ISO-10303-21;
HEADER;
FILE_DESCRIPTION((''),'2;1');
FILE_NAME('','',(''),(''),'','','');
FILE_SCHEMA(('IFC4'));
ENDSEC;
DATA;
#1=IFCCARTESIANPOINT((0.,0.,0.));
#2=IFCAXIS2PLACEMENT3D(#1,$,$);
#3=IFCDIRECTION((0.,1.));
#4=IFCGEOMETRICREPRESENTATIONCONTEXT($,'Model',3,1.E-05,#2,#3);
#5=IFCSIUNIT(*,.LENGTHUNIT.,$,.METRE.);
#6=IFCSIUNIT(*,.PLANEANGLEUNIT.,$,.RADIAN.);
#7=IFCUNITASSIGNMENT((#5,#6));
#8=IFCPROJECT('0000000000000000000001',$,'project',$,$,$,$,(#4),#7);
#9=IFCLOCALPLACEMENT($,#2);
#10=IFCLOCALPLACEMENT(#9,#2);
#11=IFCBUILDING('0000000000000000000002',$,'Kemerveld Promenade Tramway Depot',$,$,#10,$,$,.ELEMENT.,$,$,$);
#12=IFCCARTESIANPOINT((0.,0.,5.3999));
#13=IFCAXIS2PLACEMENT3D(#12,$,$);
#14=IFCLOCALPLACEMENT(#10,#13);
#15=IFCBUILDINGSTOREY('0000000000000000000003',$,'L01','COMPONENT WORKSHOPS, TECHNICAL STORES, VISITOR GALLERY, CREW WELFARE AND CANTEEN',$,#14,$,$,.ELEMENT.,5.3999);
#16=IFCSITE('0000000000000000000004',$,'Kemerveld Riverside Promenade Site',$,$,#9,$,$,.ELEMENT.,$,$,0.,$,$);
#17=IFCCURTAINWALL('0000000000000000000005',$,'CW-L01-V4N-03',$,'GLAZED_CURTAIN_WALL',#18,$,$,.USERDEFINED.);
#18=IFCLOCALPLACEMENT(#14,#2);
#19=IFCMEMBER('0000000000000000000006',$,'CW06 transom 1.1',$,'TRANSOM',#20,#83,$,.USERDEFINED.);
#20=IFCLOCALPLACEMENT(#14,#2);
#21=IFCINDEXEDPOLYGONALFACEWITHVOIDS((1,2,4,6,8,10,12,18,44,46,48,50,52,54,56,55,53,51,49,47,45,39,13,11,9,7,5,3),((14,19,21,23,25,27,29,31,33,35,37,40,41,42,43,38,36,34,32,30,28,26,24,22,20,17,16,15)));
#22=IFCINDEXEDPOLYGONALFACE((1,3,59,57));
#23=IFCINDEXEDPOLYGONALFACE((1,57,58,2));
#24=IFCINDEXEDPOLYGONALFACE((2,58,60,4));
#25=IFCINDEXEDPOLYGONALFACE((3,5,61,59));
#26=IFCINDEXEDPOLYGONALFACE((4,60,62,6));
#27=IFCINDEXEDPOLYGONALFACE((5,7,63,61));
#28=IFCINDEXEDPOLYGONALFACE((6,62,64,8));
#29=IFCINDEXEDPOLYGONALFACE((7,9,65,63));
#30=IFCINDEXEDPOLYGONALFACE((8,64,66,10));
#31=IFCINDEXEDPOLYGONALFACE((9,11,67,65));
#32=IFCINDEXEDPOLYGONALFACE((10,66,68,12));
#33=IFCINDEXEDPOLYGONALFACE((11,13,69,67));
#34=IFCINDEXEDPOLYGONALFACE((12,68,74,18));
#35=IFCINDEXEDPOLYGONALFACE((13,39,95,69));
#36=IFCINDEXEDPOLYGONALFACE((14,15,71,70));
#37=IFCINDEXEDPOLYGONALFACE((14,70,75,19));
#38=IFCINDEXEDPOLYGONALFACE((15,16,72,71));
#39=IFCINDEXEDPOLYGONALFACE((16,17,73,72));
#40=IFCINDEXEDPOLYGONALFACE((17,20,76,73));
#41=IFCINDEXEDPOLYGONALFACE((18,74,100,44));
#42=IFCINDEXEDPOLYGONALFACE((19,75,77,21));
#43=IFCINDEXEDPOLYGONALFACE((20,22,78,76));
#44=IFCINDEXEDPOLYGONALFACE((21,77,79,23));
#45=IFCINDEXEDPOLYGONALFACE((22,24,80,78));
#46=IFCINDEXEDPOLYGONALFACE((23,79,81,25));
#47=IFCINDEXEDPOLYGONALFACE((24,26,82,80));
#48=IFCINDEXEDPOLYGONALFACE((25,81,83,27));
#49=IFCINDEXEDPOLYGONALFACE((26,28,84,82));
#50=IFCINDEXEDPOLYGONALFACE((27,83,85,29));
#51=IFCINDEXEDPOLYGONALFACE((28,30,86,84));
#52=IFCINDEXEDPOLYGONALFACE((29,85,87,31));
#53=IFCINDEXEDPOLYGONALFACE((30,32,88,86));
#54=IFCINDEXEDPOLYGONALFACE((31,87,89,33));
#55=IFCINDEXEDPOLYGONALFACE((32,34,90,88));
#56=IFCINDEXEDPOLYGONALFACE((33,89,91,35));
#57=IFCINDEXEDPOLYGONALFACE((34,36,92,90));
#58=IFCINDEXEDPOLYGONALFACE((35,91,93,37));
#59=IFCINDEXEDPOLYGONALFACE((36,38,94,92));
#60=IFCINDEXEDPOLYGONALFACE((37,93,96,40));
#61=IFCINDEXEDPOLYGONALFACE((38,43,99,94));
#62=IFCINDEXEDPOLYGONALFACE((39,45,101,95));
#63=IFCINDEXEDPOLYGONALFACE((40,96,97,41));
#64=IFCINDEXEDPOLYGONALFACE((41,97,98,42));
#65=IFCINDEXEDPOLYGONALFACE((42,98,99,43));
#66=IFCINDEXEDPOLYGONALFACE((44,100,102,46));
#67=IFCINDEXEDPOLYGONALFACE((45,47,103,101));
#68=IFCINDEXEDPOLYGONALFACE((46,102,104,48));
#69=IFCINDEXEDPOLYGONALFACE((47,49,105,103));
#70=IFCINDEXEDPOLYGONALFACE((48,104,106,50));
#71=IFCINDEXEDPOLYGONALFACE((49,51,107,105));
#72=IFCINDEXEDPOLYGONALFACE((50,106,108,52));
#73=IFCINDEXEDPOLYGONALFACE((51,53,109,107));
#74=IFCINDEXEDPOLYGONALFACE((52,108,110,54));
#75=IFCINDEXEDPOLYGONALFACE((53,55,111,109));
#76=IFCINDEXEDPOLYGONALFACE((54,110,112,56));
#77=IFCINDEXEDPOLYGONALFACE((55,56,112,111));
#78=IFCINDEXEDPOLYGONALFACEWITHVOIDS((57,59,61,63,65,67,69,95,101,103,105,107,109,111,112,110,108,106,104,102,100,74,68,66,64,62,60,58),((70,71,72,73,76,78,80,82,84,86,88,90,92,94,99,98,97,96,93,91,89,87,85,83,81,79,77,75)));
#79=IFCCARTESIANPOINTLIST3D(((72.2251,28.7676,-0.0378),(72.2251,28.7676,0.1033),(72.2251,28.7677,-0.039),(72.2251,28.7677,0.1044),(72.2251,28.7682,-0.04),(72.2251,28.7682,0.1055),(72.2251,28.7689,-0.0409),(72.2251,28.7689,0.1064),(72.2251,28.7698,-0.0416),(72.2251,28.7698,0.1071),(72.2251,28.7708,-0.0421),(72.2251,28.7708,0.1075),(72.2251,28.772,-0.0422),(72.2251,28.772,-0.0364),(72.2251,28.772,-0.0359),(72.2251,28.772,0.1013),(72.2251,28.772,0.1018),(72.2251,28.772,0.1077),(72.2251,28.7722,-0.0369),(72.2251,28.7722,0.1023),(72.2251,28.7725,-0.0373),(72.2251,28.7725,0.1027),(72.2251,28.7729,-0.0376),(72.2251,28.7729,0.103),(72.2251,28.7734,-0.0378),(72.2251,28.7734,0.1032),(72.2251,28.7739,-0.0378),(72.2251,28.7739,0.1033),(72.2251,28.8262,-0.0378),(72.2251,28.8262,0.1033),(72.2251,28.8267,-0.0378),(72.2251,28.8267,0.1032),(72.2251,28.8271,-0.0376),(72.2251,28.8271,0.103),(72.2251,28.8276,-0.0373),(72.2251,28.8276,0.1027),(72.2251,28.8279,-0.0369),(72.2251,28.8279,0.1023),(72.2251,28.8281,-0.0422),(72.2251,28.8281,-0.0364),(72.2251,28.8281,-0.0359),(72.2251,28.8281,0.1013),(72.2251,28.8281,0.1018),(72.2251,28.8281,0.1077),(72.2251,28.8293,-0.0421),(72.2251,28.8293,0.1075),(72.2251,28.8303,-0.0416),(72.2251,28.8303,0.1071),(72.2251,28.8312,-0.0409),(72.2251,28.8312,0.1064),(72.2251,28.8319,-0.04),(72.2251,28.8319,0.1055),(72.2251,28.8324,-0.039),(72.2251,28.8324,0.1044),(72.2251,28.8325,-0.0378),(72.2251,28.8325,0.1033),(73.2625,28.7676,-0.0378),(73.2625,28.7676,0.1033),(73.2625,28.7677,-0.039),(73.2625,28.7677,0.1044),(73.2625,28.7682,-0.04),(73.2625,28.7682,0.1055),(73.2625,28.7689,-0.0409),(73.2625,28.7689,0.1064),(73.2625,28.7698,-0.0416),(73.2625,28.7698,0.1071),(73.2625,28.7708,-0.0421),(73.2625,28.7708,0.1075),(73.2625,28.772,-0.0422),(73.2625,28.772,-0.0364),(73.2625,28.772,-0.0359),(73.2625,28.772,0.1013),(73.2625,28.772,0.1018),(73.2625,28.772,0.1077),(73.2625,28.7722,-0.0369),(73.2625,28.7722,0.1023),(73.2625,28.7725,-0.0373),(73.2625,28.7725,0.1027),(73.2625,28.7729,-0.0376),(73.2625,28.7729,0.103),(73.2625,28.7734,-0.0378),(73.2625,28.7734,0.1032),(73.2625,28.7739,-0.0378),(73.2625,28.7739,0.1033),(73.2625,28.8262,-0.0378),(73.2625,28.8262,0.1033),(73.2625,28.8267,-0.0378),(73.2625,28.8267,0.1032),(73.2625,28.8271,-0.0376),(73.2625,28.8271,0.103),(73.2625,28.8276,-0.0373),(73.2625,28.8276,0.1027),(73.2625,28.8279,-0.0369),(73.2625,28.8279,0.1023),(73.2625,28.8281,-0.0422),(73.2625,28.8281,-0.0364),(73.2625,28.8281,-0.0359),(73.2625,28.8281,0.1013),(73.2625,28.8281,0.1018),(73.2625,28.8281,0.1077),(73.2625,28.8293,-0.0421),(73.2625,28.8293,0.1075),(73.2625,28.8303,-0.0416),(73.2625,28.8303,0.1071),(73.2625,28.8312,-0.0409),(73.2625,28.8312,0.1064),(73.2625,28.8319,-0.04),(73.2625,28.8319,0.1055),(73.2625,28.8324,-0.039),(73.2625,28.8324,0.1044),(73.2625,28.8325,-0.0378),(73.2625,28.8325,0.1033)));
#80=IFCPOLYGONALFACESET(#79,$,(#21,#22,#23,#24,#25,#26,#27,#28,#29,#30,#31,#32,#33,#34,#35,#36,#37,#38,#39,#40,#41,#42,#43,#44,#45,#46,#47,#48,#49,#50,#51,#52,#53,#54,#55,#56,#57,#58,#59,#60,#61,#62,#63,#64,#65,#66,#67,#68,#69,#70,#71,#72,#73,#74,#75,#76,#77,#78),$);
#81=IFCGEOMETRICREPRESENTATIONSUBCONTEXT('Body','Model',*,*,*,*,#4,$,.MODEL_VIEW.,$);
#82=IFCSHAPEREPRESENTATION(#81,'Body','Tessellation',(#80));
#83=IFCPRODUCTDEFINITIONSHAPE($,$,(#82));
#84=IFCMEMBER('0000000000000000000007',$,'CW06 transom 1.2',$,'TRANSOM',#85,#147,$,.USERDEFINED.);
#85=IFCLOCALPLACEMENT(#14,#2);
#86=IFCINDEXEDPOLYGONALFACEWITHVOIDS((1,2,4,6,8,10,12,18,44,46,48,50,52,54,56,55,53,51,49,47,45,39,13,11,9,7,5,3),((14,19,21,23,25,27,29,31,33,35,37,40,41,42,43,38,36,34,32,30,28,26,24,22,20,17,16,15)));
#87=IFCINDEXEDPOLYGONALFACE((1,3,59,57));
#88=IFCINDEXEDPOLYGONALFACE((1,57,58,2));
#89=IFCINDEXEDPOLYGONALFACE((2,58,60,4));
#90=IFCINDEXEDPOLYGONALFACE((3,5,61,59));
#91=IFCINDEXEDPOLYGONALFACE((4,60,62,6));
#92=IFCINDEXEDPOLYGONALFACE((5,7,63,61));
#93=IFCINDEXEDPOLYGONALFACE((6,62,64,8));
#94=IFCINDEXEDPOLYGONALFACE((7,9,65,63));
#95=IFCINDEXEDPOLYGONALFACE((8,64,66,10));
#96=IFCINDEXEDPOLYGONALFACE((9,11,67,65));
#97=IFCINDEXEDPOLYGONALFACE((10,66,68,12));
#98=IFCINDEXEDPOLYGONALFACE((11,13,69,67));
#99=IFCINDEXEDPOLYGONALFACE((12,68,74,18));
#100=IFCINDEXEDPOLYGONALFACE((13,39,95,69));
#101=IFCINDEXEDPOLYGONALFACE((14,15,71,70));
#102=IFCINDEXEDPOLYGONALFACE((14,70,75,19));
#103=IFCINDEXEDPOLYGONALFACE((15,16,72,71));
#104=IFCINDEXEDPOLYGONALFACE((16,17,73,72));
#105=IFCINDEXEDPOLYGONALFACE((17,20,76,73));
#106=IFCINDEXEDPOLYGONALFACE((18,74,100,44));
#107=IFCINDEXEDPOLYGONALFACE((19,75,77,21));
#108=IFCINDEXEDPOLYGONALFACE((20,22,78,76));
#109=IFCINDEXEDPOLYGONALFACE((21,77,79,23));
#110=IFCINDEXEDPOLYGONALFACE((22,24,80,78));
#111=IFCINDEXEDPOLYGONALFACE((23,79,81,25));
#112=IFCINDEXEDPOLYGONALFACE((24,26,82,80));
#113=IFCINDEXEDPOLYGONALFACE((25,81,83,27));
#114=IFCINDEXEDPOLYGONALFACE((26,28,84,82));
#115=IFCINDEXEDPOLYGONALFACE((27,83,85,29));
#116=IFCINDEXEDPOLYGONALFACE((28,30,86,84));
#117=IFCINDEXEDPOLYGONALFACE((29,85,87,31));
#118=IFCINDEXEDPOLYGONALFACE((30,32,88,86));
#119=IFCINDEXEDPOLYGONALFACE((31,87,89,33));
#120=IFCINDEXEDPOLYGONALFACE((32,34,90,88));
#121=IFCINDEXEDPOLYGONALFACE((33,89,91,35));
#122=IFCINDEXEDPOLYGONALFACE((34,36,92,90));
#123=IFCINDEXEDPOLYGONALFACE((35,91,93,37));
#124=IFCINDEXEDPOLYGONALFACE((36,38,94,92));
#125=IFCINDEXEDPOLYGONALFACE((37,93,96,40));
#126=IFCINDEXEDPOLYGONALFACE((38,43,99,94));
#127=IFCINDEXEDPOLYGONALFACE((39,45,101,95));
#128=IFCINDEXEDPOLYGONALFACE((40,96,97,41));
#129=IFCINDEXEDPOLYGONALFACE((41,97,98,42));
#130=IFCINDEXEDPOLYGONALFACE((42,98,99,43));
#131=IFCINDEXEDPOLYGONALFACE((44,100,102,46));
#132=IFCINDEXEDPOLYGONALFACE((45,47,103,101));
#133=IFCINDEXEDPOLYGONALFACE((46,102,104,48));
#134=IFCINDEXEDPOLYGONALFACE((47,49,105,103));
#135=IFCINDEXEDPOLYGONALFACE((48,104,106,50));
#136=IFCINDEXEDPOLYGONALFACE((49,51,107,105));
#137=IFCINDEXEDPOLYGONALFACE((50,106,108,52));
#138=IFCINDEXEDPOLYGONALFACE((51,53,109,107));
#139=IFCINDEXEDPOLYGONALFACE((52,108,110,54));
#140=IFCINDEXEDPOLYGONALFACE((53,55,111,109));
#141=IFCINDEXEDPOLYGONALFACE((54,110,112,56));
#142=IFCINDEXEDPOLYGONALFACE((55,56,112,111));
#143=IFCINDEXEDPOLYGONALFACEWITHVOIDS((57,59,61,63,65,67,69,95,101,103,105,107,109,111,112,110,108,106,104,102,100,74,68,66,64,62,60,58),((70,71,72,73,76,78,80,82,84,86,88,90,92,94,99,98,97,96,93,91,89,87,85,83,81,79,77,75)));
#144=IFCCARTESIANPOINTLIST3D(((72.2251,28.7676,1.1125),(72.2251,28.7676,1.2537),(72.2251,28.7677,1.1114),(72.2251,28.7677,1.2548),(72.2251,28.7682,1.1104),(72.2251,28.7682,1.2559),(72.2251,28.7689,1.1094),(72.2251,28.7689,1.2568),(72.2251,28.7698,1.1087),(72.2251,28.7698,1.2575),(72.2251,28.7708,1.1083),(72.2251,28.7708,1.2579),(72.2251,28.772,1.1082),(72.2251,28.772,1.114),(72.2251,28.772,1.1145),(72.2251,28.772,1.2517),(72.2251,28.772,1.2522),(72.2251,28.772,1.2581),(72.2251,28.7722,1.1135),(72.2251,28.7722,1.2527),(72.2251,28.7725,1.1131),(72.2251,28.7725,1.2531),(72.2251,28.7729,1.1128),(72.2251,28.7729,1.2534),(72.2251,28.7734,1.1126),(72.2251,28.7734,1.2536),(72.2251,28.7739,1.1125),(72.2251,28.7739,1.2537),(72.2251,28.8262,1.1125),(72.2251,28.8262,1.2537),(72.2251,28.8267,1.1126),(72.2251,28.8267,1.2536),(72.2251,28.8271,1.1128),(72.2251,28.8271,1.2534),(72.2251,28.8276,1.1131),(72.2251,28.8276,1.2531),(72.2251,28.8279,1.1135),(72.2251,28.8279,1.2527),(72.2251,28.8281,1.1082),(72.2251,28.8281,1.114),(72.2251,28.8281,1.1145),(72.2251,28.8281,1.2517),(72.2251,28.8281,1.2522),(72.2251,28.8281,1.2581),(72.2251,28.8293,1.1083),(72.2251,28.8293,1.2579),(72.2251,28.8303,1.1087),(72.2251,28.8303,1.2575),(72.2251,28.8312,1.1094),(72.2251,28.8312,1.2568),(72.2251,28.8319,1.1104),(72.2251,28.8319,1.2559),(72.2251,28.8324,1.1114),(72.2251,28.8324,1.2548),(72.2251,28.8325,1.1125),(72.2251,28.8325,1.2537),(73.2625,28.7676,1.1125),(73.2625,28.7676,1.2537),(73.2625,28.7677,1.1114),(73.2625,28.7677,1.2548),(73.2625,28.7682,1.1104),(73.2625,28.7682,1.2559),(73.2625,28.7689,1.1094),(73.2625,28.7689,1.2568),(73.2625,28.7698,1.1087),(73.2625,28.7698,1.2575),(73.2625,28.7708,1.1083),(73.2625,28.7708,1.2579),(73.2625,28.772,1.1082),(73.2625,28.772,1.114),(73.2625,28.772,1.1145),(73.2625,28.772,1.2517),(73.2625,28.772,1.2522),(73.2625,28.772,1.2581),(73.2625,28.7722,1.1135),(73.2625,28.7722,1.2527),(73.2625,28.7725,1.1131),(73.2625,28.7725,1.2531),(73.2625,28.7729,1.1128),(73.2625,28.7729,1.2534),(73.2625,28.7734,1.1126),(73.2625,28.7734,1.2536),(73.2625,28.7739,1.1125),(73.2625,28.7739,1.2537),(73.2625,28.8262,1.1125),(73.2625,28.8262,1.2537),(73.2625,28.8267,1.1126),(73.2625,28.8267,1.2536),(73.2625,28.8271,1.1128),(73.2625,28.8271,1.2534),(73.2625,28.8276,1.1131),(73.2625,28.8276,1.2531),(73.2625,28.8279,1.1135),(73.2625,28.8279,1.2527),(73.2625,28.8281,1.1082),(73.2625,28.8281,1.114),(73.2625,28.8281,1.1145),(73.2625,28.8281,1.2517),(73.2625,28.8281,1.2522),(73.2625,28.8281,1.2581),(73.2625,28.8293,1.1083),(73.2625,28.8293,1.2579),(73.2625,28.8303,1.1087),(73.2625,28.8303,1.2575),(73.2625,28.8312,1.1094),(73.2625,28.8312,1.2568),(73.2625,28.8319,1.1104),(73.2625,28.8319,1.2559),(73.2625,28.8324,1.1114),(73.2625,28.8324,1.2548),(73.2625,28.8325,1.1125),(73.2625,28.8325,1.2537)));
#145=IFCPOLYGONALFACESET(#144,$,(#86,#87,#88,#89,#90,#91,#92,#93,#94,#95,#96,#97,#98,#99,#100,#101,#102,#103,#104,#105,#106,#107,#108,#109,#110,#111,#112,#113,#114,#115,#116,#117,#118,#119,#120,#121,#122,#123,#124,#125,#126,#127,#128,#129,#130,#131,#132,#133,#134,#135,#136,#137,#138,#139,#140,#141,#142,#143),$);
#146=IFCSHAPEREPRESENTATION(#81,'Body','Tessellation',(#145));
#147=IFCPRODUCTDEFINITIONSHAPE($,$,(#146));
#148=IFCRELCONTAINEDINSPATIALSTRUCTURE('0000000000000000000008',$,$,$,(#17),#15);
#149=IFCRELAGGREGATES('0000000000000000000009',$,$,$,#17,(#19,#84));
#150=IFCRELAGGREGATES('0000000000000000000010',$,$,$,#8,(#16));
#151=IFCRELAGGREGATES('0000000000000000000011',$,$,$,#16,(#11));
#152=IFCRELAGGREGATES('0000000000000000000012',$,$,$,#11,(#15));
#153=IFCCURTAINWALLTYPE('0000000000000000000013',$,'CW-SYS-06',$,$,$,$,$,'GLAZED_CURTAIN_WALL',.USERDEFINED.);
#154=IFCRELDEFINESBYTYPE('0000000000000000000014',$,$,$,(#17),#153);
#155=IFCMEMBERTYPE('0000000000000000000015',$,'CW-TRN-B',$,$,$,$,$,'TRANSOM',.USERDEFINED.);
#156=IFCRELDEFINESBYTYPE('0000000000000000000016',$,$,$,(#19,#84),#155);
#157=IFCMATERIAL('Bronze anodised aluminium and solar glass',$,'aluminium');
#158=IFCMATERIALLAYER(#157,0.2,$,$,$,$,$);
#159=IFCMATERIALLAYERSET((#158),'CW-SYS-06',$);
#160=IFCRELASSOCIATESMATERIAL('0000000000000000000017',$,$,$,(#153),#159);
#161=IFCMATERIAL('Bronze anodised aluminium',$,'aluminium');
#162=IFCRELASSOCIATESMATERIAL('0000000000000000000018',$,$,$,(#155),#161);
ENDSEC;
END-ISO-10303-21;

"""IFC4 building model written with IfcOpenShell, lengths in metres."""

from ifc_helpers import new_model, si_unit, direction, frame, origin, origin_2d, place, context, subcontext, project, spatial, hollow_rectangle, extrude, material, layer, layer_set, material_profile, profile_set, type_object, element, aggregate, save


model = new_model("IFC4")

# Units and contexts
model_context = context("Model", 3, precision=1e-05, world=origin(), true_north=direction((0.0, 1.0)))
body_context = subcontext(model_context, "Body", "Model", "MODEL_VIEW")
ifc_project = project(units=[si_unit("LENGTHUNIT", "METRE"), si_unit("PLANEANGLEUNIT", "RADIAN")], contexts=[model_context])

# Site, building, storey
site_placement = place(None, origin())
site = spatial("IfcSite", under=ifc_project, at=site_placement, Name="Kemerveld Riverside Promenade Site", CompositionType="ELEMENT", RefElevation=0.0)
building_placement = place(site_placement, origin())
building = spatial("IfcBuilding", under=site, at=building_placement, Name="Kemerveld Promenade Tramway Depot", CompositionType="ELEMENT")
storey_placement = place(building_placement, frame((0.0, 0.0, 5.3999)))
storey = spatial("IfcBuildingStorey", under=building, at=storey_placement, Name="L01", Description="COMPONENT WORKSHOPS, TECHNICAL STORES, VISITOR GALLERY, CREW WELFARE AND CANTEEN", CompositionType="ELEMENT", Elevation=5.3999)

# Curtain wall
ifc_material_1 = material(Name="Bronze anodised aluminium and solar glass", Category="aluminium")
ifc_material_2 = material(Name="Bronze anodised aluminium", Category="aluminium")
ifc_layer_1 = layer(ifc_material_1, 0.2)
ifc_layer_set_1 = layer_set([ifc_layer_1], Name="CW-SYS-06")
curtain_wall_type_1 = type_object("IfcCurtainWallType", Name="CW-SYS-06", ElementType="GLAZED_CURTAIN_WALL", PredefinedType="USERDEFINED", material=ifc_layer_set_1)
curtain_wall_1_placement = place(storey_placement, origin())
curtain_wall_1 = element("IfcCurtainWall", 1, at=curtain_wall_1_placement, inside=storey, type_object=curtain_wall_type_1, Name="CW-L01-V4N-03", ObjectType="GLAZED_CURTAIN_WALL", PredefinedType="USERDEFINED")

# Members
ifc_material_profile_1 = material_profile(ifc_material_2, hollow_rectangle(XDim=0.0649, YDim=0.1499, WallThickness=0.0044, InnerFilletRadius=0.002, OuterFilletRadius=0.0044, at=origin_2d()), Name="CW-TRN-150x65")
ifc_profile_set_1 = profile_set([ifc_material_profile_1], Name="Bronze anodised aluminium")
member_type_1 = type_object("IfcMemberType", Name="CW-TRN-B", ElementType="TRANSOM", PredefinedType="USERDEFINED", material=ifc_profile_set_1)
member_1_placement = place(storey_placement, frame((72.2251, 28.8, 0.0327), z_axis=(1.0, 0.0, 0.0), x_axis=(0.0, 1.0, 0.0)))
member_1 = element("IfcMember", 2, at=member_1_placement, type_object=member_type_1, Name="CW06 transom 1.1", ObjectType="TRANSOM", PredefinedType="USERDEFINED", context=body_context, shape_type="SweptSolid", body=[
    extrude(hollow_rectangle(XDim=0.0649, YDim=0.1499, WallThickness=0.0044, InnerFilletRadius=0.002, OuterFilletRadius=0.0044, at=origin_2d()), origin(), (0.0, 0.0, 1.0), 1.0374),
])
member_2_placement = place(storey_placement, frame((72.2251, 28.8, 1.1831), z_axis=(1.0, 0.0, 0.0), x_axis=(0.0, 1.0, 0.0)))
member_2 = element("IfcMember", 3, at=member_2_placement, type_object=member_type_1, Name="CW06 transom 1.2", ObjectType="TRANSOM", PredefinedType="USERDEFINED", context=body_context, shape_type="SweptSolid", body=[
    extrude(hollow_rectangle(XDim=0.0649, YDim=0.1499, WallThickness=0.0044, InnerFilletRadius=0.002, OuterFilletRadius=0.0044, at=origin_2d()), origin(), (0.0, 0.0, 1.0), 1.0374),
])

aggregate(curtain_wall_1, [member_1, member_2])

save(model, "model.ifc")
